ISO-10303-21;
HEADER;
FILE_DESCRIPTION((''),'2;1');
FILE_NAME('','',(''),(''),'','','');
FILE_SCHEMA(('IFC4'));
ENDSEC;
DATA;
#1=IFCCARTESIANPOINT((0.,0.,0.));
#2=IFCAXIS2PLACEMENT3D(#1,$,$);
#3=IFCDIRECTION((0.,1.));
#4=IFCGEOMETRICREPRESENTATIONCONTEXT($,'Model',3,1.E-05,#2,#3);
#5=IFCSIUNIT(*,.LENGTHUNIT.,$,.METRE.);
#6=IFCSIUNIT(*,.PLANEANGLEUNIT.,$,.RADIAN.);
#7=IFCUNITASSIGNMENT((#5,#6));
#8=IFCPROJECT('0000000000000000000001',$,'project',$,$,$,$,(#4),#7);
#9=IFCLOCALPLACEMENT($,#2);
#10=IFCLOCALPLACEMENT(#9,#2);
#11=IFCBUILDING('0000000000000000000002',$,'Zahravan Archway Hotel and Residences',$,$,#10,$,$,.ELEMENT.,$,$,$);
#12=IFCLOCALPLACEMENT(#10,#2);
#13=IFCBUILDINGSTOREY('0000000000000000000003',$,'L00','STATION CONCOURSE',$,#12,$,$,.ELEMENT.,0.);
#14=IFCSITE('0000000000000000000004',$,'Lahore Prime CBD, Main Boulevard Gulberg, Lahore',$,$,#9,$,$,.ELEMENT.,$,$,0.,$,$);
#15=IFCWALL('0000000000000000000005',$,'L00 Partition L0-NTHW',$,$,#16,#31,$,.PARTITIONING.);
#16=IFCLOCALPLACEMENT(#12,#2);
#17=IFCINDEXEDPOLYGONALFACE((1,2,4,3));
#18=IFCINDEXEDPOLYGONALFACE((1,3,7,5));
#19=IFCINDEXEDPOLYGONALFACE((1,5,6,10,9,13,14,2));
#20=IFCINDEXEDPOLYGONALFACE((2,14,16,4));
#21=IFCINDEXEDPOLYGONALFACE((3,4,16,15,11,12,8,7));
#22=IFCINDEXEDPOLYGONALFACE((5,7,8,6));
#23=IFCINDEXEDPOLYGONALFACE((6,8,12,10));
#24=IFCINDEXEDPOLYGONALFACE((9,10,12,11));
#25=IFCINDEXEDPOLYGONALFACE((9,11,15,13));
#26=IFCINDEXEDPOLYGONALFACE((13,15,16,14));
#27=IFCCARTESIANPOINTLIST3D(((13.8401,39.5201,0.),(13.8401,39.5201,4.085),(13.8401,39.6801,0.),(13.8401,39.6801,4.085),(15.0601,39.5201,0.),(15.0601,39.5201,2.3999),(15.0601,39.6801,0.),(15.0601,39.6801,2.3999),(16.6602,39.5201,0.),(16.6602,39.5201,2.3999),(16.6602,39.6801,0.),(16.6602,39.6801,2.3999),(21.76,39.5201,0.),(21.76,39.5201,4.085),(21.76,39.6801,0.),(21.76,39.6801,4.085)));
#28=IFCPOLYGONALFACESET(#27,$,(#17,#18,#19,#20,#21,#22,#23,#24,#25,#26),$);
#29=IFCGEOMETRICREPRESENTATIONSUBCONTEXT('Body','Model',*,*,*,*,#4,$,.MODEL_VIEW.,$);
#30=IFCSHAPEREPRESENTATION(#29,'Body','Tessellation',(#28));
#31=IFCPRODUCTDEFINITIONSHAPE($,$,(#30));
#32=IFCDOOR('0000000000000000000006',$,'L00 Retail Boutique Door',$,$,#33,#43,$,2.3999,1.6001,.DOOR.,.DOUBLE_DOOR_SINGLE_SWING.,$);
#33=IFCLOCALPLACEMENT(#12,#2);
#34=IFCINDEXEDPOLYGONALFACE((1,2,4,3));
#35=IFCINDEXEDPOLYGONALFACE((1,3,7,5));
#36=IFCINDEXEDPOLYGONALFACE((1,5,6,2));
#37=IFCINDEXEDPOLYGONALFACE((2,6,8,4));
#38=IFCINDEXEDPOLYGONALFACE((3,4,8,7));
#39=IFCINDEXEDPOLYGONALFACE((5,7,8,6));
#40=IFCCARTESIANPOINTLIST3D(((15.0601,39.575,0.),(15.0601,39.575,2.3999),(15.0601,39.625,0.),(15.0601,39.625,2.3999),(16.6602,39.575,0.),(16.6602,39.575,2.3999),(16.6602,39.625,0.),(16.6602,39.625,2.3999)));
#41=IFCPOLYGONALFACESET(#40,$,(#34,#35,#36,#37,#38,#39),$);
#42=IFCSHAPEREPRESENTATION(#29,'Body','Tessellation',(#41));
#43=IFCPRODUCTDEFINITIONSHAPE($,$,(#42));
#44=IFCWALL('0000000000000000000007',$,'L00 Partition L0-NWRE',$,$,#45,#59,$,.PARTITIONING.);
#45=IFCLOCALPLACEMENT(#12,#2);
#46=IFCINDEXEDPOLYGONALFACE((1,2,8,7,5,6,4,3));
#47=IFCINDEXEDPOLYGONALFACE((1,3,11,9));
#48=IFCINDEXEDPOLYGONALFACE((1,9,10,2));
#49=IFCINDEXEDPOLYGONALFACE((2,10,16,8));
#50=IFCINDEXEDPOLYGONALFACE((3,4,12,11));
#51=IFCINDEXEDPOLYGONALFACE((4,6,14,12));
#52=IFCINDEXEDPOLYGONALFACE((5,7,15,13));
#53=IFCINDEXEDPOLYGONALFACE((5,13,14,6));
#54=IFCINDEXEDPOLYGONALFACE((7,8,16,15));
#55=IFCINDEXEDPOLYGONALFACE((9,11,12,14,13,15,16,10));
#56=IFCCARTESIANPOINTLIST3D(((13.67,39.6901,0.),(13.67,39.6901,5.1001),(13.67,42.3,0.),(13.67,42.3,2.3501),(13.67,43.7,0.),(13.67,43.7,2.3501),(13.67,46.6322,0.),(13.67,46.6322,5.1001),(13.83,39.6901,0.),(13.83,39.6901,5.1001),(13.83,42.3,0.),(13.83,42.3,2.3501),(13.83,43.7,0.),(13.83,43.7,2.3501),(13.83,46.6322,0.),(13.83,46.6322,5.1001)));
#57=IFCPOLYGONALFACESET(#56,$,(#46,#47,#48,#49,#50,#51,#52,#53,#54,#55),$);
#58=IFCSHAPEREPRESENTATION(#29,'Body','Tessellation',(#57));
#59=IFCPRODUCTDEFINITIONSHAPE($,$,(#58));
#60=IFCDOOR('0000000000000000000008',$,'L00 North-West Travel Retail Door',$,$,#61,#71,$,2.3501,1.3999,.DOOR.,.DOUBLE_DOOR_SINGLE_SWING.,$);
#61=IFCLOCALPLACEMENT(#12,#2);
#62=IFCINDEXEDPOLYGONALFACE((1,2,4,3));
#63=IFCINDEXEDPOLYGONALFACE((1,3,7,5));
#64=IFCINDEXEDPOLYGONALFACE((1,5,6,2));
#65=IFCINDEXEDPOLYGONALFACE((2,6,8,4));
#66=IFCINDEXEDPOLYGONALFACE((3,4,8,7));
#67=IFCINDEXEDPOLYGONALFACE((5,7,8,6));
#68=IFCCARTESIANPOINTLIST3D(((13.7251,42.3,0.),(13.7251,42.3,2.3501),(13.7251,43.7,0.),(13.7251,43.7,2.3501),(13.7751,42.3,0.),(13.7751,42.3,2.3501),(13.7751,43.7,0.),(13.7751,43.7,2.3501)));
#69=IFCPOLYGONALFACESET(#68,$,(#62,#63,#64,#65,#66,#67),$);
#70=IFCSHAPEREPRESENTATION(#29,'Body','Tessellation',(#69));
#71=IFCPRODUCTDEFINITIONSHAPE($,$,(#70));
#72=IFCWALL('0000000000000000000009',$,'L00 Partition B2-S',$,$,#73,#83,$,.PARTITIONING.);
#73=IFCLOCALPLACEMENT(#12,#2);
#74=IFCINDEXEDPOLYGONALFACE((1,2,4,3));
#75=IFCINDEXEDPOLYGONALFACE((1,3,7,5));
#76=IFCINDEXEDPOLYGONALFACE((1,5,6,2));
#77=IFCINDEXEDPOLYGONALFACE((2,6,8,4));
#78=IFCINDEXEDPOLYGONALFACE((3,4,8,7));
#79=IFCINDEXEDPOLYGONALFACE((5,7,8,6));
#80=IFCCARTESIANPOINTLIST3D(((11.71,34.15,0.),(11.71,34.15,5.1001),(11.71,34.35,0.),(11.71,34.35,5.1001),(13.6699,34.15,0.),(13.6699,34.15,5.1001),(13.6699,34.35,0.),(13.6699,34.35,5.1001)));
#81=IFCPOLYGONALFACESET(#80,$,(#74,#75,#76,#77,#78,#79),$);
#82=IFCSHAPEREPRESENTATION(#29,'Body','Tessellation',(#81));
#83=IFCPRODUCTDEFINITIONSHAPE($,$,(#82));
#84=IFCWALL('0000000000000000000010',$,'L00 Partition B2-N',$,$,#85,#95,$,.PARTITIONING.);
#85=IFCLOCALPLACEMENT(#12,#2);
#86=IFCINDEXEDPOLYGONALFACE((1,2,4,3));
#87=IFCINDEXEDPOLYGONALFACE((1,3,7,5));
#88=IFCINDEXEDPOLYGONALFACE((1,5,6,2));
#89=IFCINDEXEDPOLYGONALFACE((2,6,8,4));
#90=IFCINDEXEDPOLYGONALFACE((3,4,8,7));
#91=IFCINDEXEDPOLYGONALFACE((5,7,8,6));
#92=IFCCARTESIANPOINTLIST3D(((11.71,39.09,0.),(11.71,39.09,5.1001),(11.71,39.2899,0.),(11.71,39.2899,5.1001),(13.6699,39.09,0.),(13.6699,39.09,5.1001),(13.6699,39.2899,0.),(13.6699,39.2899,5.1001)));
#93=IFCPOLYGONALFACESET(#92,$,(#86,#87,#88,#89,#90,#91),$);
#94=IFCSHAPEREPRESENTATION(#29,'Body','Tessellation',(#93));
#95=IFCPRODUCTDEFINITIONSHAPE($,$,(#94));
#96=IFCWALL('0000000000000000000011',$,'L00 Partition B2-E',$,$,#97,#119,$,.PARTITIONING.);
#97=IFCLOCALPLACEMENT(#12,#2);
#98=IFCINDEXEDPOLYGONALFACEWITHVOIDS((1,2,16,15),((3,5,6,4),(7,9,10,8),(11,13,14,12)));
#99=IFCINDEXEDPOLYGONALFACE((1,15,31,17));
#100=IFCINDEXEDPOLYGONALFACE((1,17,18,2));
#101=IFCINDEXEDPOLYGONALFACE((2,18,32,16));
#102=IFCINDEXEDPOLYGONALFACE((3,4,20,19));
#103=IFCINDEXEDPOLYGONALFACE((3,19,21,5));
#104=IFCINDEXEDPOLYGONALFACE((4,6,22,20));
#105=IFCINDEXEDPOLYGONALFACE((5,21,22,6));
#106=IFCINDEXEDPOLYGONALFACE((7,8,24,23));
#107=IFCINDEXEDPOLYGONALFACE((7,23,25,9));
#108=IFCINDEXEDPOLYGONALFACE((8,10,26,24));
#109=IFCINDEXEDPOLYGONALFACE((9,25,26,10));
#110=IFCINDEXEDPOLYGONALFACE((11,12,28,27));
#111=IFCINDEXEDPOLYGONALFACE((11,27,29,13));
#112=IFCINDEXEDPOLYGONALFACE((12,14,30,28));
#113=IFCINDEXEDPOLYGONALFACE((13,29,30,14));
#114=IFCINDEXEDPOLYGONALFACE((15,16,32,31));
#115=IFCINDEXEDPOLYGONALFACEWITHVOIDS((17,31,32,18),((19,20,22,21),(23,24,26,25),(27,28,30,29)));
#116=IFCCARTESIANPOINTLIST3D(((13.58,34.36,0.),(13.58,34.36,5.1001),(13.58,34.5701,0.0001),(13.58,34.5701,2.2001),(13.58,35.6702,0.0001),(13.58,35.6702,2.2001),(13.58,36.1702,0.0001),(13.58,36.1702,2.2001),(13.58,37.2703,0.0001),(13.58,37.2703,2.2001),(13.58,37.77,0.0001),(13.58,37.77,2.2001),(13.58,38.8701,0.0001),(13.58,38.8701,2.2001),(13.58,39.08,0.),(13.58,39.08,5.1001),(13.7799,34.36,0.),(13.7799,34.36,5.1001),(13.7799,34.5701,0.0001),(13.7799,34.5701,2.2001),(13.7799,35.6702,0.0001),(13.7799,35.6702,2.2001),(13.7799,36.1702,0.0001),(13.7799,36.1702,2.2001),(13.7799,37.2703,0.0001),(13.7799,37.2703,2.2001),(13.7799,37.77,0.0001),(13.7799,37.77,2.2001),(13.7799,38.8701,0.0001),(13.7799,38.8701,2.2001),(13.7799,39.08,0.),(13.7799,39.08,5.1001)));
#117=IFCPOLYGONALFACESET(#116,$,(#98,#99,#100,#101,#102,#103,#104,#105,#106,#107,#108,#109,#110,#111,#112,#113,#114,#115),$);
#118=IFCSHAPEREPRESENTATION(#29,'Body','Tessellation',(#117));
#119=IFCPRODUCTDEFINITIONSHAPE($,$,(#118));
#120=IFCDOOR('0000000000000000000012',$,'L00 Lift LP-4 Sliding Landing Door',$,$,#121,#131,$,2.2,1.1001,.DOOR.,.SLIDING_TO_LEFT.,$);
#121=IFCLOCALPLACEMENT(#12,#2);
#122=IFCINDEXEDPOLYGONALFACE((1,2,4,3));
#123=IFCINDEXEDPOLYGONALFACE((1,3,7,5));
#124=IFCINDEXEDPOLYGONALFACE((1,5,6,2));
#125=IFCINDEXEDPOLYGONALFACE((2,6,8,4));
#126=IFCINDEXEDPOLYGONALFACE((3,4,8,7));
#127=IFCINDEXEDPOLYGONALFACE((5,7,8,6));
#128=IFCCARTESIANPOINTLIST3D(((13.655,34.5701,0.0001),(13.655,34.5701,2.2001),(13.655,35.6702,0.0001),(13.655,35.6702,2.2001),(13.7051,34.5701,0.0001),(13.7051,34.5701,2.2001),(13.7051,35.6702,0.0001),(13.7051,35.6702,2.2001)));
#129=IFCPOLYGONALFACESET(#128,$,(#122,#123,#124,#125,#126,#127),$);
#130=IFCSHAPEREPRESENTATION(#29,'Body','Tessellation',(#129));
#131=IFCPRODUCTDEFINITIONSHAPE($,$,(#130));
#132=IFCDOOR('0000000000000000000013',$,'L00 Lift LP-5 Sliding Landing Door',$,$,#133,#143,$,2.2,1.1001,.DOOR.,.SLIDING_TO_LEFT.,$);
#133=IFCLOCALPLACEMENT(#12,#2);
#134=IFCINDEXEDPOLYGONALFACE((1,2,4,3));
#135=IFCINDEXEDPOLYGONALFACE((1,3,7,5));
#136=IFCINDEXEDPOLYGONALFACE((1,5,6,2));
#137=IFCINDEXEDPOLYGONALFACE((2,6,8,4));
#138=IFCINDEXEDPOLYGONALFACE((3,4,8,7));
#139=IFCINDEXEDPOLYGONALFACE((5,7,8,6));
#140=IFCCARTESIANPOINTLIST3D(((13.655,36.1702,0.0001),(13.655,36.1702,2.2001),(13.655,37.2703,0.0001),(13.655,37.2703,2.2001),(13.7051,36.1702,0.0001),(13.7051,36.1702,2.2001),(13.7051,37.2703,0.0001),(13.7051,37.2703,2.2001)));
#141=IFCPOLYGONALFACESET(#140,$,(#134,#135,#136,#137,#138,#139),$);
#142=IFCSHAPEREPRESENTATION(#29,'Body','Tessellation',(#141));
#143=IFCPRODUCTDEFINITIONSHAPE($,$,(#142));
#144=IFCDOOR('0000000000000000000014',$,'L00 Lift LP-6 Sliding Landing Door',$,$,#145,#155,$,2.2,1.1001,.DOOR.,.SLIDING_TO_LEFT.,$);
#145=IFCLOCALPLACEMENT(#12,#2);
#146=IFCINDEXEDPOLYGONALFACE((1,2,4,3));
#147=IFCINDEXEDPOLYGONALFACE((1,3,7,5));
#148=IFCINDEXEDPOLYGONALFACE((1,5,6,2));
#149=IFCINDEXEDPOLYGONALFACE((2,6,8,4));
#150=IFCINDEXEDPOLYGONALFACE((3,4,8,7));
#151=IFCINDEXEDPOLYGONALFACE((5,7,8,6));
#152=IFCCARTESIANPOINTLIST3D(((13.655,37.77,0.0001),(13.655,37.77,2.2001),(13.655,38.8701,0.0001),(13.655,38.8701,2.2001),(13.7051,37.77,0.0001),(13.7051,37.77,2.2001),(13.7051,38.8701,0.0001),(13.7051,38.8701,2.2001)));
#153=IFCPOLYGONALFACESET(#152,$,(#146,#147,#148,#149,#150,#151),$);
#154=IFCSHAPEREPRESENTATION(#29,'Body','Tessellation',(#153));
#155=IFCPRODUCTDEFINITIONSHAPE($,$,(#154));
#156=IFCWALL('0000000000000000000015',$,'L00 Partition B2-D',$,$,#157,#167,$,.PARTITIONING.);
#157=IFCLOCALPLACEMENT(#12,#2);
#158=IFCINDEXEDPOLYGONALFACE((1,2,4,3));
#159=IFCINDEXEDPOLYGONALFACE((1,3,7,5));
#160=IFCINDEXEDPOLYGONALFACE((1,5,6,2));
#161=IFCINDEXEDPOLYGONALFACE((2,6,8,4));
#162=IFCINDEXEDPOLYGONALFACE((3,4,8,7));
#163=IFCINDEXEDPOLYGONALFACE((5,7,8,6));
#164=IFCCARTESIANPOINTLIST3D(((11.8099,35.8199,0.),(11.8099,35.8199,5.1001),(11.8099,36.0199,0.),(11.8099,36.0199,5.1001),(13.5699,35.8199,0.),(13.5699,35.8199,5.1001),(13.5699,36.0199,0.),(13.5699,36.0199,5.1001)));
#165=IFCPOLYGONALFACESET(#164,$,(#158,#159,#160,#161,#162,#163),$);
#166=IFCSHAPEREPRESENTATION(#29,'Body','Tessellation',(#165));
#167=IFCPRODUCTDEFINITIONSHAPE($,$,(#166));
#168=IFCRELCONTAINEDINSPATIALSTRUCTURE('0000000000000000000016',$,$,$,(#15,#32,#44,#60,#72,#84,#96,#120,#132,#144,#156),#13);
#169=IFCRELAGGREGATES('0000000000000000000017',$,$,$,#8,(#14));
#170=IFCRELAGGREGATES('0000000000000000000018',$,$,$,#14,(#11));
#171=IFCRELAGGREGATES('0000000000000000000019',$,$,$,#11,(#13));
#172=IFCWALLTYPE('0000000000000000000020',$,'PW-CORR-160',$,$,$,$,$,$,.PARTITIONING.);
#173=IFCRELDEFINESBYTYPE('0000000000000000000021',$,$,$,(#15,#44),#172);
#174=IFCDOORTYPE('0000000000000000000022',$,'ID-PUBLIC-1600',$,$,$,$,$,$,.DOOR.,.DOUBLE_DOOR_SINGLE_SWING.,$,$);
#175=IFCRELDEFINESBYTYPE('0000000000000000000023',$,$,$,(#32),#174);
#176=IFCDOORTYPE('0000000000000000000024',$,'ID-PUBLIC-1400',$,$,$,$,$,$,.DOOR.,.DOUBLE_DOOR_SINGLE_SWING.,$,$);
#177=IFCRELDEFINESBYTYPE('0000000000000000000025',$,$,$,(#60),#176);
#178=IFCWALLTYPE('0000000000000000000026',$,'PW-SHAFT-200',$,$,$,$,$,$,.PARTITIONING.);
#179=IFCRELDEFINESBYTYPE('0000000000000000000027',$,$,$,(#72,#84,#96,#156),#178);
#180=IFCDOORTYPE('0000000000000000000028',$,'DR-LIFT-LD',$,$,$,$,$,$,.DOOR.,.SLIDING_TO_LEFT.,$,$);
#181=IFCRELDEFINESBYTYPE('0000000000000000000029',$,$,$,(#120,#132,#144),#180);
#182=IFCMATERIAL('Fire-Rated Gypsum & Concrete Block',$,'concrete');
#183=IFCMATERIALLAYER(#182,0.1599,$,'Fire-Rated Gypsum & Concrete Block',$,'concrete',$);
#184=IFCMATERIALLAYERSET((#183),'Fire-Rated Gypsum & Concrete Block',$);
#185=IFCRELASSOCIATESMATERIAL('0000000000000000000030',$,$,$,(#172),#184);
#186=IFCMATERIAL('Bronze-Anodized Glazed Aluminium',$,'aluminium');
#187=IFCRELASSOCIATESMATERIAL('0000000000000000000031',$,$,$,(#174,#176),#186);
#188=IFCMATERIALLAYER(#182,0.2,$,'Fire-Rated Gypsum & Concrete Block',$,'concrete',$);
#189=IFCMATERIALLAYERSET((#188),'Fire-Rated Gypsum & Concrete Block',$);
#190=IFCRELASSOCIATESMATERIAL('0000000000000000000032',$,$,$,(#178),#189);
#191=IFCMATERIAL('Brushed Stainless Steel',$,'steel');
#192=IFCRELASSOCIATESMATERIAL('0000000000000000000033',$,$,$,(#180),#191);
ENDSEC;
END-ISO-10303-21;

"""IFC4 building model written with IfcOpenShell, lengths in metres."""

from ifc_helpers import new_model, si_unit, direction, frame, frame_2d, origin, place, context, subcontext, project, spatial, rectangle, extrude, source, transform, mapped, material, layer, layer_set, type_object, type_shapes, element, fill, save


model = new_model("IFC4")

# Units and contexts
model_context = context("Model", 3, precision=1e-05, world=origin(), true_north=direction((0.0, 1.0)))
body_context = subcontext(model_context, "Body", "Model", "MODEL_VIEW")
ifc_project = project(units=[si_unit("LENGTHUNIT", "METRE"), si_unit("PLANEANGLEUNIT", "RADIAN")], contexts=[model_context])

# Site, building, storey
site_placement = place(None, origin())
site = spatial("IfcSite", under=ifc_project, at=site_placement, Name="Lahore Prime CBD, Main Boulevard Gulberg, Lahore", CompositionType="ELEMENT", RefElevation=0.0)
building_placement = place(site_placement, origin())
building = spatial("IfcBuilding", under=site, at=building_placement, Name="Zahravan Archway Hotel and Residences", CompositionType="ELEMENT")
storey_placement = place(building_placement, origin())
storey = spatial("IfcBuildingStorey", under=building, at=storey_placement, Name="L00", Description="STATION CONCOURSE", CompositionType="ELEMENT", Elevation=0.0)

# Walls, openings, doors
ifc_material_1 = material(Name="Fire-Rated Gypsum & Concrete Block", Category="concrete")
ifc_layer_1 = layer(ifc_material_1, 0.1599, Name="Fire-Rated Gypsum & Concrete Block", Category="concrete")
ifc_layer_set_1 = layer_set([ifc_layer_1], Name="Fire-Rated Gypsum & Concrete Block")
wall_type_1 = type_object("IfcWallType", Name="PW-CORR-160", PredefinedType="PARTITIONING", material=ifc_layer_set_1)
wall_1_placement = place(storey_placement, frame((13.8401, 39.6001, 0.0), z_axis=(0.0, 0.0, 1.0), x_axis=(1.0, 0.0, 0.0)))
wall_1 = element("IfcWall", 1, at=wall_1_placement, inside=storey, type_object=wall_type_1, Name="L00 Partition L0-NTHW", PredefinedType="PARTITIONING", context=body_context, shape_type="SweptSolid", body=[
    extrude(rectangle(XDim=7.9199, YDim=0.1599, at=frame_2d((3.96, 0.0))), origin(), (0.0, 0.0, 1.0), 4.085),
])
opening_1_placement = place(wall_1_placement, frame((1.22, 0.0, 0.0)))
opening_1 = element("IfcOpeningElement", 2, at=opening_1_placement, cuts=wall_1, PredefinedType="OPENING", context=body_context, shape_type="SweptSolid", body=[
    extrude(rectangle(XDim=1.6001, YDim=2.3999, at=frame_2d((0.8, 1.2))), frame((0.0, 0.0898, 0.0), z_axis=(0.0, -1.0, 0.0), x_axis=(1.0, 0.0, 0.0)), (0.0, 0.0, 1.0), 0.1799),
])
ifc_material_2 = material(Name="Bronze-Anodized Glazed Aluminium", Category="aluminium")
door_type_1 = type_object("IfcDoorType", Name="ID-PUBLIC-1600", OperationType="DOUBLE_DOOR_SINGLE_SWING", PredefinedType="DOOR", material=ifc_material_2)
shared_shape_1 = source(origin(), body_context, "Body", "SweptSolid", [
    extrude(rectangle(XDim=1.6001, YDim=2.3999, at=frame_2d((0.8, 1.2))), frame((0.0, 0.0249, 0.0), z_axis=(0.0, -1.0, 0.0), x_axis=(1.0, 0.0, 0.0)), (0.0, 0.0, 1.0), 0.05),
])
type_shapes(door_type_1, [shared_shape_1])
door_1_placement = place(opening_1_placement, origin())
door_1 = element("IfcDoor", 3, at=door_1_placement, inside=storey, type_object=door_type_1, Name="L00 Retail Boutique Door", OperationType="DOUBLE_DOOR_SINGLE_SWING", OverallHeight=2.3999, OverallWidth=1.6001, PredefinedType="DOOR", context=body_context, shape_type="MappedRepresentation", body=[
    mapped(shared_shape_1, transform((0.0, 0.0, 0.0), scale=1.0)),
])
fill(opening_1, door_1)
wall_2_placement = place(storey_placement, frame((13.75, 39.6899, 0.0), z_axis=(0.0, 0.0, 1.0), x_axis=(0.0, 1.0, 0.0)))
wall_2 = element("IfcWall", 4, at=wall_2_placement, inside=storey, type_object=wall_type_1, Name="L00 Partition L0-NWRE", PredefinedType="PARTITIONING", context=body_context, shape_type="SweptSolid", body=[
    extrude(rectangle(XDim=6.9421, YDim=0.1599, at=frame_2d((3.4712, 0.0))), origin(), (0.0, 0.0, 1.0), 5.1001),
])
opening_2_placement = place(wall_2_placement, frame((2.6101, 0.0, 0.0)))
opening_2 = element("IfcOpeningElement", 5, at=opening_2_placement, cuts=wall_2, PredefinedType="OPENING", context=body_context, shape_type="SweptSolid", body=[
    extrude(rectangle(XDim=1.3999, YDim=2.3501, at=frame_2d((0.7, 1.175))), frame((0.0, 0.0898, 0.0), z_axis=(0.0, -1.0, 0.0), x_axis=(1.0, 0.0, 0.0)), (0.0, 0.0, 1.0), 0.1799),
])
door_type_2 = type_object("IfcDoorType", Name="ID-PUBLIC-1400", OperationType="DOUBLE_DOOR_SINGLE_SWING", PredefinedType="DOOR", material=ifc_material_2)
shared_shape_2 = source(origin(), body_context, "Body", "SweptSolid", [
    extrude(rectangle(XDim=1.3999, YDim=2.3501, at=frame_2d((0.7, 1.175))), frame((0.0, 0.0249, 0.0), z_axis=(0.0, -1.0, 0.0), x_axis=(1.0, 0.0, 0.0)), (0.0, 0.0, 1.0), 0.05),
])
type_shapes(door_type_2, [shared_shape_2])
door_2_placement = place(opening_2_placement, origin())
door_2 = element("IfcDoor", 6, at=door_2_placement, inside=storey, type_object=door_type_2, Name="L00 North-West Travel Retail Door", OperationType="DOUBLE_DOOR_SINGLE_SWING", OverallHeight=2.3501, OverallWidth=1.3999, PredefinedType="DOOR", context=body_context, shape_type="MappedRepresentation", body=[
    mapped(shared_shape_2, transform((0.0, 0.0, 0.0), scale=1.0)),
])
fill(opening_2, door_2)

# Walls
ifc_layer_2 = layer(ifc_material_1, 0.2, Name="Fire-Rated Gypsum & Concrete Block", Category="concrete")
ifc_layer_set_2 = layer_set([ifc_layer_2], Name="Fire-Rated Gypsum & Concrete Block")
wall_type_2 = type_object("IfcWallType", Name="PW-SHAFT-200", PredefinedType="PARTITIONING", material=ifc_layer_set_2)
for number, where, z_axis, x_axis, name in (
    (7, (11.71, 34.25, 0.0), (0.0, 0.0, 1.0), (1.0, 0.0, 0.0), "L00 Partition B2-S"),
    (8, (11.71, 39.1899, 0.0), (0.0, 0.0, 1.0), (1.0, 0.0, 0.0), "L00 Partition B2-N"),
):
    element("IfcWall", number, at=place(storey_placement, frame(where, z_axis=z_axis, x_axis=x_axis)), inside=storey, type_object=wall_type_2, Name=name, PredefinedType="PARTITIONING", context=body_context, shape_type="SweptSolid", body=[
        extrude(rectangle(XDim=1.96, YDim=0.2, at=frame_2d((0.98, 0.0))), origin(), (0.0, 0.0, 1.0), 5.1001),
    ])

# Wall, openings, doors
wall_3_placement = place(storey_placement, frame((13.6799, 34.3601, 0.0), z_axis=(0.0, 0.0, 1.0), x_axis=(0.0, 1.0, 0.0)))
wall_3 = element("IfcWall", 9, at=wall_3_placement, inside=storey, type_object=wall_type_2, Name="L00 Partition B2-E", PredefinedType="PARTITIONING", context=body_context, shape_type="SweptSolid", body=[
    extrude(rectangle(XDim=4.72, YDim=0.2, at=frame_2d((2.3599, 0.0))), origin(), (0.0, 0.0, 1.0), 5.1001),
])
opening_3_placement = place(wall_3_placement, frame((0.21, 0.0, 0.0)))
opening_3 = element("IfcOpeningElement", 10, at=opening_3_placement, cuts=wall_3, PredefinedType="OPENING", context=body_context, shape_type="SweptSolid", body=[
    extrude(rectangle(XDim=1.1001, YDim=2.2, at=frame_2d((0.55, 1.1001))), frame((0.0, 0.1099, 0.0), z_axis=(0.0, -1.0, 0.0), x_axis=(1.0, 0.0, 0.0)), (0.0, 0.0, 1.0), 0.22),
])
opening_4_placement = place(wall_3_placement, frame((1.8101, 0.0, 0.0)))
opening_4 = element("IfcOpeningElement", 11, at=opening_4_placement, cuts=wall_3, PredefinedType="OPENING", context=body_context, shape_type="SweptSolid", body=[
    extrude(rectangle(XDim=1.1001, YDim=2.2, at=frame_2d((0.55, 1.1001))), frame((0.0, 0.1099, 0.0), z_axis=(0.0, -1.0, 0.0), x_axis=(1.0, 0.0, 0.0)), (0.0, 0.0, 1.0), 0.22),
])
opening_5_placement = place(wall_3_placement, frame((3.4099, 0.0, 0.0)))
opening_5 = element("IfcOpeningElement", 12, at=opening_5_placement, cuts=wall_3, PredefinedType="OPENING", context=body_context, shape_type="SweptSolid", body=[
    extrude(rectangle(XDim=1.1001, YDim=2.2, at=frame_2d((0.55, 1.1001))), frame((0.0, 0.1099, 0.0), z_axis=(0.0, -1.0, 0.0), x_axis=(1.0, 0.0, 0.0)), (0.0, 0.0, 1.0), 0.22),
])
ifc_material_3 = material(Name="Brushed Stainless Steel", Category="steel")
door_type_3 = type_object("IfcDoorType", Name="DR-LIFT-LD", OperationType="SLIDING_TO_LEFT", PredefinedType="DOOR", material=ifc_material_3)
shared_shape_3 = source(origin(), body_context, "Body", "SweptSolid", [
    extrude(rectangle(XDim=1.1001, YDim=2.2, at=frame_2d((0.55, 1.1001))), frame((0.0, 0.0249, 0.0), z_axis=(0.0, -1.0, 0.0), x_axis=(1.0, 0.0, 0.0)), (0.0, 0.0, 1.0), 0.05),
])
type_shapes(door_type_3, [shared_shape_3])
door_3_placement = place(opening_3_placement, origin())
door_3 = element("IfcDoor", 13, at=door_3_placement, inside=storey, type_object=door_type_3, Name="L00 Lift LP-4 Sliding Landing Door", OperationType="SLIDING_TO_LEFT", OverallHeight=2.2, OverallWidth=1.1001, PredefinedType="DOOR", context=body_context, shape_type="MappedRepresentation", body=[
    mapped(shared_shape_3, transform((0.0, 0.0, 0.0), scale=1.0)),
])
fill(opening_3, door_3)
door_4_placement = place(opening_4_placement, origin())
door_4 = element("IfcDoor", 14, at=door_4_placement, inside=storey, type_object=door_type_3, Name="L00 Lift LP-5 Sliding Landing Door", OperationType="SLIDING_TO_LEFT", OverallHeight=2.2, OverallWidth=1.1001, PredefinedType="DOOR", context=body_context, shape_type="MappedRepresentation", body=[
    mapped(shared_shape_3, transform((0.0, 0.0, 0.0), scale=1.0)),
])
fill(opening_4, door_4)
door_5_placement = place(opening_5_placement, origin())
door_5 = element("IfcDoor", 15, at=door_5_placement, inside=storey, type_object=door_type_3, Name="L00 Lift LP-6 Sliding Landing Door", OperationType="SLIDING_TO_LEFT", OverallHeight=2.2, OverallWidth=1.1001, PredefinedType="DOOR", context=body_context, shape_type="MappedRepresentation", body=[
    mapped(shared_shape_3, transform((0.0, 0.0, 0.0), scale=1.0)),
])
fill(opening_5, door_5)

# Wall
for number, where, z_axis, x_axis, name in (
    (16, (11.8101, 35.9199, 0.0), (0.0, 0.0, 1.0), (1.0, 0.0, 0.0), "L00 Partition B2-D"),
):
    element("IfcWall", number, at=place(storey_placement, frame(where, z_axis=z_axis, x_axis=x_axis)), inside=storey, type_object=wall_type_2, Name=name, PredefinedType="PARTITIONING", context=body_context, shape_type="SweptSolid", body=[
        extrude(rectangle(XDim=1.76, YDim=0.2, at=frame_2d((0.8799, 0.0))), origin(), (0.0, 0.0, 1.0), 5.1001),
    ])

save(model, "model.ifc")
